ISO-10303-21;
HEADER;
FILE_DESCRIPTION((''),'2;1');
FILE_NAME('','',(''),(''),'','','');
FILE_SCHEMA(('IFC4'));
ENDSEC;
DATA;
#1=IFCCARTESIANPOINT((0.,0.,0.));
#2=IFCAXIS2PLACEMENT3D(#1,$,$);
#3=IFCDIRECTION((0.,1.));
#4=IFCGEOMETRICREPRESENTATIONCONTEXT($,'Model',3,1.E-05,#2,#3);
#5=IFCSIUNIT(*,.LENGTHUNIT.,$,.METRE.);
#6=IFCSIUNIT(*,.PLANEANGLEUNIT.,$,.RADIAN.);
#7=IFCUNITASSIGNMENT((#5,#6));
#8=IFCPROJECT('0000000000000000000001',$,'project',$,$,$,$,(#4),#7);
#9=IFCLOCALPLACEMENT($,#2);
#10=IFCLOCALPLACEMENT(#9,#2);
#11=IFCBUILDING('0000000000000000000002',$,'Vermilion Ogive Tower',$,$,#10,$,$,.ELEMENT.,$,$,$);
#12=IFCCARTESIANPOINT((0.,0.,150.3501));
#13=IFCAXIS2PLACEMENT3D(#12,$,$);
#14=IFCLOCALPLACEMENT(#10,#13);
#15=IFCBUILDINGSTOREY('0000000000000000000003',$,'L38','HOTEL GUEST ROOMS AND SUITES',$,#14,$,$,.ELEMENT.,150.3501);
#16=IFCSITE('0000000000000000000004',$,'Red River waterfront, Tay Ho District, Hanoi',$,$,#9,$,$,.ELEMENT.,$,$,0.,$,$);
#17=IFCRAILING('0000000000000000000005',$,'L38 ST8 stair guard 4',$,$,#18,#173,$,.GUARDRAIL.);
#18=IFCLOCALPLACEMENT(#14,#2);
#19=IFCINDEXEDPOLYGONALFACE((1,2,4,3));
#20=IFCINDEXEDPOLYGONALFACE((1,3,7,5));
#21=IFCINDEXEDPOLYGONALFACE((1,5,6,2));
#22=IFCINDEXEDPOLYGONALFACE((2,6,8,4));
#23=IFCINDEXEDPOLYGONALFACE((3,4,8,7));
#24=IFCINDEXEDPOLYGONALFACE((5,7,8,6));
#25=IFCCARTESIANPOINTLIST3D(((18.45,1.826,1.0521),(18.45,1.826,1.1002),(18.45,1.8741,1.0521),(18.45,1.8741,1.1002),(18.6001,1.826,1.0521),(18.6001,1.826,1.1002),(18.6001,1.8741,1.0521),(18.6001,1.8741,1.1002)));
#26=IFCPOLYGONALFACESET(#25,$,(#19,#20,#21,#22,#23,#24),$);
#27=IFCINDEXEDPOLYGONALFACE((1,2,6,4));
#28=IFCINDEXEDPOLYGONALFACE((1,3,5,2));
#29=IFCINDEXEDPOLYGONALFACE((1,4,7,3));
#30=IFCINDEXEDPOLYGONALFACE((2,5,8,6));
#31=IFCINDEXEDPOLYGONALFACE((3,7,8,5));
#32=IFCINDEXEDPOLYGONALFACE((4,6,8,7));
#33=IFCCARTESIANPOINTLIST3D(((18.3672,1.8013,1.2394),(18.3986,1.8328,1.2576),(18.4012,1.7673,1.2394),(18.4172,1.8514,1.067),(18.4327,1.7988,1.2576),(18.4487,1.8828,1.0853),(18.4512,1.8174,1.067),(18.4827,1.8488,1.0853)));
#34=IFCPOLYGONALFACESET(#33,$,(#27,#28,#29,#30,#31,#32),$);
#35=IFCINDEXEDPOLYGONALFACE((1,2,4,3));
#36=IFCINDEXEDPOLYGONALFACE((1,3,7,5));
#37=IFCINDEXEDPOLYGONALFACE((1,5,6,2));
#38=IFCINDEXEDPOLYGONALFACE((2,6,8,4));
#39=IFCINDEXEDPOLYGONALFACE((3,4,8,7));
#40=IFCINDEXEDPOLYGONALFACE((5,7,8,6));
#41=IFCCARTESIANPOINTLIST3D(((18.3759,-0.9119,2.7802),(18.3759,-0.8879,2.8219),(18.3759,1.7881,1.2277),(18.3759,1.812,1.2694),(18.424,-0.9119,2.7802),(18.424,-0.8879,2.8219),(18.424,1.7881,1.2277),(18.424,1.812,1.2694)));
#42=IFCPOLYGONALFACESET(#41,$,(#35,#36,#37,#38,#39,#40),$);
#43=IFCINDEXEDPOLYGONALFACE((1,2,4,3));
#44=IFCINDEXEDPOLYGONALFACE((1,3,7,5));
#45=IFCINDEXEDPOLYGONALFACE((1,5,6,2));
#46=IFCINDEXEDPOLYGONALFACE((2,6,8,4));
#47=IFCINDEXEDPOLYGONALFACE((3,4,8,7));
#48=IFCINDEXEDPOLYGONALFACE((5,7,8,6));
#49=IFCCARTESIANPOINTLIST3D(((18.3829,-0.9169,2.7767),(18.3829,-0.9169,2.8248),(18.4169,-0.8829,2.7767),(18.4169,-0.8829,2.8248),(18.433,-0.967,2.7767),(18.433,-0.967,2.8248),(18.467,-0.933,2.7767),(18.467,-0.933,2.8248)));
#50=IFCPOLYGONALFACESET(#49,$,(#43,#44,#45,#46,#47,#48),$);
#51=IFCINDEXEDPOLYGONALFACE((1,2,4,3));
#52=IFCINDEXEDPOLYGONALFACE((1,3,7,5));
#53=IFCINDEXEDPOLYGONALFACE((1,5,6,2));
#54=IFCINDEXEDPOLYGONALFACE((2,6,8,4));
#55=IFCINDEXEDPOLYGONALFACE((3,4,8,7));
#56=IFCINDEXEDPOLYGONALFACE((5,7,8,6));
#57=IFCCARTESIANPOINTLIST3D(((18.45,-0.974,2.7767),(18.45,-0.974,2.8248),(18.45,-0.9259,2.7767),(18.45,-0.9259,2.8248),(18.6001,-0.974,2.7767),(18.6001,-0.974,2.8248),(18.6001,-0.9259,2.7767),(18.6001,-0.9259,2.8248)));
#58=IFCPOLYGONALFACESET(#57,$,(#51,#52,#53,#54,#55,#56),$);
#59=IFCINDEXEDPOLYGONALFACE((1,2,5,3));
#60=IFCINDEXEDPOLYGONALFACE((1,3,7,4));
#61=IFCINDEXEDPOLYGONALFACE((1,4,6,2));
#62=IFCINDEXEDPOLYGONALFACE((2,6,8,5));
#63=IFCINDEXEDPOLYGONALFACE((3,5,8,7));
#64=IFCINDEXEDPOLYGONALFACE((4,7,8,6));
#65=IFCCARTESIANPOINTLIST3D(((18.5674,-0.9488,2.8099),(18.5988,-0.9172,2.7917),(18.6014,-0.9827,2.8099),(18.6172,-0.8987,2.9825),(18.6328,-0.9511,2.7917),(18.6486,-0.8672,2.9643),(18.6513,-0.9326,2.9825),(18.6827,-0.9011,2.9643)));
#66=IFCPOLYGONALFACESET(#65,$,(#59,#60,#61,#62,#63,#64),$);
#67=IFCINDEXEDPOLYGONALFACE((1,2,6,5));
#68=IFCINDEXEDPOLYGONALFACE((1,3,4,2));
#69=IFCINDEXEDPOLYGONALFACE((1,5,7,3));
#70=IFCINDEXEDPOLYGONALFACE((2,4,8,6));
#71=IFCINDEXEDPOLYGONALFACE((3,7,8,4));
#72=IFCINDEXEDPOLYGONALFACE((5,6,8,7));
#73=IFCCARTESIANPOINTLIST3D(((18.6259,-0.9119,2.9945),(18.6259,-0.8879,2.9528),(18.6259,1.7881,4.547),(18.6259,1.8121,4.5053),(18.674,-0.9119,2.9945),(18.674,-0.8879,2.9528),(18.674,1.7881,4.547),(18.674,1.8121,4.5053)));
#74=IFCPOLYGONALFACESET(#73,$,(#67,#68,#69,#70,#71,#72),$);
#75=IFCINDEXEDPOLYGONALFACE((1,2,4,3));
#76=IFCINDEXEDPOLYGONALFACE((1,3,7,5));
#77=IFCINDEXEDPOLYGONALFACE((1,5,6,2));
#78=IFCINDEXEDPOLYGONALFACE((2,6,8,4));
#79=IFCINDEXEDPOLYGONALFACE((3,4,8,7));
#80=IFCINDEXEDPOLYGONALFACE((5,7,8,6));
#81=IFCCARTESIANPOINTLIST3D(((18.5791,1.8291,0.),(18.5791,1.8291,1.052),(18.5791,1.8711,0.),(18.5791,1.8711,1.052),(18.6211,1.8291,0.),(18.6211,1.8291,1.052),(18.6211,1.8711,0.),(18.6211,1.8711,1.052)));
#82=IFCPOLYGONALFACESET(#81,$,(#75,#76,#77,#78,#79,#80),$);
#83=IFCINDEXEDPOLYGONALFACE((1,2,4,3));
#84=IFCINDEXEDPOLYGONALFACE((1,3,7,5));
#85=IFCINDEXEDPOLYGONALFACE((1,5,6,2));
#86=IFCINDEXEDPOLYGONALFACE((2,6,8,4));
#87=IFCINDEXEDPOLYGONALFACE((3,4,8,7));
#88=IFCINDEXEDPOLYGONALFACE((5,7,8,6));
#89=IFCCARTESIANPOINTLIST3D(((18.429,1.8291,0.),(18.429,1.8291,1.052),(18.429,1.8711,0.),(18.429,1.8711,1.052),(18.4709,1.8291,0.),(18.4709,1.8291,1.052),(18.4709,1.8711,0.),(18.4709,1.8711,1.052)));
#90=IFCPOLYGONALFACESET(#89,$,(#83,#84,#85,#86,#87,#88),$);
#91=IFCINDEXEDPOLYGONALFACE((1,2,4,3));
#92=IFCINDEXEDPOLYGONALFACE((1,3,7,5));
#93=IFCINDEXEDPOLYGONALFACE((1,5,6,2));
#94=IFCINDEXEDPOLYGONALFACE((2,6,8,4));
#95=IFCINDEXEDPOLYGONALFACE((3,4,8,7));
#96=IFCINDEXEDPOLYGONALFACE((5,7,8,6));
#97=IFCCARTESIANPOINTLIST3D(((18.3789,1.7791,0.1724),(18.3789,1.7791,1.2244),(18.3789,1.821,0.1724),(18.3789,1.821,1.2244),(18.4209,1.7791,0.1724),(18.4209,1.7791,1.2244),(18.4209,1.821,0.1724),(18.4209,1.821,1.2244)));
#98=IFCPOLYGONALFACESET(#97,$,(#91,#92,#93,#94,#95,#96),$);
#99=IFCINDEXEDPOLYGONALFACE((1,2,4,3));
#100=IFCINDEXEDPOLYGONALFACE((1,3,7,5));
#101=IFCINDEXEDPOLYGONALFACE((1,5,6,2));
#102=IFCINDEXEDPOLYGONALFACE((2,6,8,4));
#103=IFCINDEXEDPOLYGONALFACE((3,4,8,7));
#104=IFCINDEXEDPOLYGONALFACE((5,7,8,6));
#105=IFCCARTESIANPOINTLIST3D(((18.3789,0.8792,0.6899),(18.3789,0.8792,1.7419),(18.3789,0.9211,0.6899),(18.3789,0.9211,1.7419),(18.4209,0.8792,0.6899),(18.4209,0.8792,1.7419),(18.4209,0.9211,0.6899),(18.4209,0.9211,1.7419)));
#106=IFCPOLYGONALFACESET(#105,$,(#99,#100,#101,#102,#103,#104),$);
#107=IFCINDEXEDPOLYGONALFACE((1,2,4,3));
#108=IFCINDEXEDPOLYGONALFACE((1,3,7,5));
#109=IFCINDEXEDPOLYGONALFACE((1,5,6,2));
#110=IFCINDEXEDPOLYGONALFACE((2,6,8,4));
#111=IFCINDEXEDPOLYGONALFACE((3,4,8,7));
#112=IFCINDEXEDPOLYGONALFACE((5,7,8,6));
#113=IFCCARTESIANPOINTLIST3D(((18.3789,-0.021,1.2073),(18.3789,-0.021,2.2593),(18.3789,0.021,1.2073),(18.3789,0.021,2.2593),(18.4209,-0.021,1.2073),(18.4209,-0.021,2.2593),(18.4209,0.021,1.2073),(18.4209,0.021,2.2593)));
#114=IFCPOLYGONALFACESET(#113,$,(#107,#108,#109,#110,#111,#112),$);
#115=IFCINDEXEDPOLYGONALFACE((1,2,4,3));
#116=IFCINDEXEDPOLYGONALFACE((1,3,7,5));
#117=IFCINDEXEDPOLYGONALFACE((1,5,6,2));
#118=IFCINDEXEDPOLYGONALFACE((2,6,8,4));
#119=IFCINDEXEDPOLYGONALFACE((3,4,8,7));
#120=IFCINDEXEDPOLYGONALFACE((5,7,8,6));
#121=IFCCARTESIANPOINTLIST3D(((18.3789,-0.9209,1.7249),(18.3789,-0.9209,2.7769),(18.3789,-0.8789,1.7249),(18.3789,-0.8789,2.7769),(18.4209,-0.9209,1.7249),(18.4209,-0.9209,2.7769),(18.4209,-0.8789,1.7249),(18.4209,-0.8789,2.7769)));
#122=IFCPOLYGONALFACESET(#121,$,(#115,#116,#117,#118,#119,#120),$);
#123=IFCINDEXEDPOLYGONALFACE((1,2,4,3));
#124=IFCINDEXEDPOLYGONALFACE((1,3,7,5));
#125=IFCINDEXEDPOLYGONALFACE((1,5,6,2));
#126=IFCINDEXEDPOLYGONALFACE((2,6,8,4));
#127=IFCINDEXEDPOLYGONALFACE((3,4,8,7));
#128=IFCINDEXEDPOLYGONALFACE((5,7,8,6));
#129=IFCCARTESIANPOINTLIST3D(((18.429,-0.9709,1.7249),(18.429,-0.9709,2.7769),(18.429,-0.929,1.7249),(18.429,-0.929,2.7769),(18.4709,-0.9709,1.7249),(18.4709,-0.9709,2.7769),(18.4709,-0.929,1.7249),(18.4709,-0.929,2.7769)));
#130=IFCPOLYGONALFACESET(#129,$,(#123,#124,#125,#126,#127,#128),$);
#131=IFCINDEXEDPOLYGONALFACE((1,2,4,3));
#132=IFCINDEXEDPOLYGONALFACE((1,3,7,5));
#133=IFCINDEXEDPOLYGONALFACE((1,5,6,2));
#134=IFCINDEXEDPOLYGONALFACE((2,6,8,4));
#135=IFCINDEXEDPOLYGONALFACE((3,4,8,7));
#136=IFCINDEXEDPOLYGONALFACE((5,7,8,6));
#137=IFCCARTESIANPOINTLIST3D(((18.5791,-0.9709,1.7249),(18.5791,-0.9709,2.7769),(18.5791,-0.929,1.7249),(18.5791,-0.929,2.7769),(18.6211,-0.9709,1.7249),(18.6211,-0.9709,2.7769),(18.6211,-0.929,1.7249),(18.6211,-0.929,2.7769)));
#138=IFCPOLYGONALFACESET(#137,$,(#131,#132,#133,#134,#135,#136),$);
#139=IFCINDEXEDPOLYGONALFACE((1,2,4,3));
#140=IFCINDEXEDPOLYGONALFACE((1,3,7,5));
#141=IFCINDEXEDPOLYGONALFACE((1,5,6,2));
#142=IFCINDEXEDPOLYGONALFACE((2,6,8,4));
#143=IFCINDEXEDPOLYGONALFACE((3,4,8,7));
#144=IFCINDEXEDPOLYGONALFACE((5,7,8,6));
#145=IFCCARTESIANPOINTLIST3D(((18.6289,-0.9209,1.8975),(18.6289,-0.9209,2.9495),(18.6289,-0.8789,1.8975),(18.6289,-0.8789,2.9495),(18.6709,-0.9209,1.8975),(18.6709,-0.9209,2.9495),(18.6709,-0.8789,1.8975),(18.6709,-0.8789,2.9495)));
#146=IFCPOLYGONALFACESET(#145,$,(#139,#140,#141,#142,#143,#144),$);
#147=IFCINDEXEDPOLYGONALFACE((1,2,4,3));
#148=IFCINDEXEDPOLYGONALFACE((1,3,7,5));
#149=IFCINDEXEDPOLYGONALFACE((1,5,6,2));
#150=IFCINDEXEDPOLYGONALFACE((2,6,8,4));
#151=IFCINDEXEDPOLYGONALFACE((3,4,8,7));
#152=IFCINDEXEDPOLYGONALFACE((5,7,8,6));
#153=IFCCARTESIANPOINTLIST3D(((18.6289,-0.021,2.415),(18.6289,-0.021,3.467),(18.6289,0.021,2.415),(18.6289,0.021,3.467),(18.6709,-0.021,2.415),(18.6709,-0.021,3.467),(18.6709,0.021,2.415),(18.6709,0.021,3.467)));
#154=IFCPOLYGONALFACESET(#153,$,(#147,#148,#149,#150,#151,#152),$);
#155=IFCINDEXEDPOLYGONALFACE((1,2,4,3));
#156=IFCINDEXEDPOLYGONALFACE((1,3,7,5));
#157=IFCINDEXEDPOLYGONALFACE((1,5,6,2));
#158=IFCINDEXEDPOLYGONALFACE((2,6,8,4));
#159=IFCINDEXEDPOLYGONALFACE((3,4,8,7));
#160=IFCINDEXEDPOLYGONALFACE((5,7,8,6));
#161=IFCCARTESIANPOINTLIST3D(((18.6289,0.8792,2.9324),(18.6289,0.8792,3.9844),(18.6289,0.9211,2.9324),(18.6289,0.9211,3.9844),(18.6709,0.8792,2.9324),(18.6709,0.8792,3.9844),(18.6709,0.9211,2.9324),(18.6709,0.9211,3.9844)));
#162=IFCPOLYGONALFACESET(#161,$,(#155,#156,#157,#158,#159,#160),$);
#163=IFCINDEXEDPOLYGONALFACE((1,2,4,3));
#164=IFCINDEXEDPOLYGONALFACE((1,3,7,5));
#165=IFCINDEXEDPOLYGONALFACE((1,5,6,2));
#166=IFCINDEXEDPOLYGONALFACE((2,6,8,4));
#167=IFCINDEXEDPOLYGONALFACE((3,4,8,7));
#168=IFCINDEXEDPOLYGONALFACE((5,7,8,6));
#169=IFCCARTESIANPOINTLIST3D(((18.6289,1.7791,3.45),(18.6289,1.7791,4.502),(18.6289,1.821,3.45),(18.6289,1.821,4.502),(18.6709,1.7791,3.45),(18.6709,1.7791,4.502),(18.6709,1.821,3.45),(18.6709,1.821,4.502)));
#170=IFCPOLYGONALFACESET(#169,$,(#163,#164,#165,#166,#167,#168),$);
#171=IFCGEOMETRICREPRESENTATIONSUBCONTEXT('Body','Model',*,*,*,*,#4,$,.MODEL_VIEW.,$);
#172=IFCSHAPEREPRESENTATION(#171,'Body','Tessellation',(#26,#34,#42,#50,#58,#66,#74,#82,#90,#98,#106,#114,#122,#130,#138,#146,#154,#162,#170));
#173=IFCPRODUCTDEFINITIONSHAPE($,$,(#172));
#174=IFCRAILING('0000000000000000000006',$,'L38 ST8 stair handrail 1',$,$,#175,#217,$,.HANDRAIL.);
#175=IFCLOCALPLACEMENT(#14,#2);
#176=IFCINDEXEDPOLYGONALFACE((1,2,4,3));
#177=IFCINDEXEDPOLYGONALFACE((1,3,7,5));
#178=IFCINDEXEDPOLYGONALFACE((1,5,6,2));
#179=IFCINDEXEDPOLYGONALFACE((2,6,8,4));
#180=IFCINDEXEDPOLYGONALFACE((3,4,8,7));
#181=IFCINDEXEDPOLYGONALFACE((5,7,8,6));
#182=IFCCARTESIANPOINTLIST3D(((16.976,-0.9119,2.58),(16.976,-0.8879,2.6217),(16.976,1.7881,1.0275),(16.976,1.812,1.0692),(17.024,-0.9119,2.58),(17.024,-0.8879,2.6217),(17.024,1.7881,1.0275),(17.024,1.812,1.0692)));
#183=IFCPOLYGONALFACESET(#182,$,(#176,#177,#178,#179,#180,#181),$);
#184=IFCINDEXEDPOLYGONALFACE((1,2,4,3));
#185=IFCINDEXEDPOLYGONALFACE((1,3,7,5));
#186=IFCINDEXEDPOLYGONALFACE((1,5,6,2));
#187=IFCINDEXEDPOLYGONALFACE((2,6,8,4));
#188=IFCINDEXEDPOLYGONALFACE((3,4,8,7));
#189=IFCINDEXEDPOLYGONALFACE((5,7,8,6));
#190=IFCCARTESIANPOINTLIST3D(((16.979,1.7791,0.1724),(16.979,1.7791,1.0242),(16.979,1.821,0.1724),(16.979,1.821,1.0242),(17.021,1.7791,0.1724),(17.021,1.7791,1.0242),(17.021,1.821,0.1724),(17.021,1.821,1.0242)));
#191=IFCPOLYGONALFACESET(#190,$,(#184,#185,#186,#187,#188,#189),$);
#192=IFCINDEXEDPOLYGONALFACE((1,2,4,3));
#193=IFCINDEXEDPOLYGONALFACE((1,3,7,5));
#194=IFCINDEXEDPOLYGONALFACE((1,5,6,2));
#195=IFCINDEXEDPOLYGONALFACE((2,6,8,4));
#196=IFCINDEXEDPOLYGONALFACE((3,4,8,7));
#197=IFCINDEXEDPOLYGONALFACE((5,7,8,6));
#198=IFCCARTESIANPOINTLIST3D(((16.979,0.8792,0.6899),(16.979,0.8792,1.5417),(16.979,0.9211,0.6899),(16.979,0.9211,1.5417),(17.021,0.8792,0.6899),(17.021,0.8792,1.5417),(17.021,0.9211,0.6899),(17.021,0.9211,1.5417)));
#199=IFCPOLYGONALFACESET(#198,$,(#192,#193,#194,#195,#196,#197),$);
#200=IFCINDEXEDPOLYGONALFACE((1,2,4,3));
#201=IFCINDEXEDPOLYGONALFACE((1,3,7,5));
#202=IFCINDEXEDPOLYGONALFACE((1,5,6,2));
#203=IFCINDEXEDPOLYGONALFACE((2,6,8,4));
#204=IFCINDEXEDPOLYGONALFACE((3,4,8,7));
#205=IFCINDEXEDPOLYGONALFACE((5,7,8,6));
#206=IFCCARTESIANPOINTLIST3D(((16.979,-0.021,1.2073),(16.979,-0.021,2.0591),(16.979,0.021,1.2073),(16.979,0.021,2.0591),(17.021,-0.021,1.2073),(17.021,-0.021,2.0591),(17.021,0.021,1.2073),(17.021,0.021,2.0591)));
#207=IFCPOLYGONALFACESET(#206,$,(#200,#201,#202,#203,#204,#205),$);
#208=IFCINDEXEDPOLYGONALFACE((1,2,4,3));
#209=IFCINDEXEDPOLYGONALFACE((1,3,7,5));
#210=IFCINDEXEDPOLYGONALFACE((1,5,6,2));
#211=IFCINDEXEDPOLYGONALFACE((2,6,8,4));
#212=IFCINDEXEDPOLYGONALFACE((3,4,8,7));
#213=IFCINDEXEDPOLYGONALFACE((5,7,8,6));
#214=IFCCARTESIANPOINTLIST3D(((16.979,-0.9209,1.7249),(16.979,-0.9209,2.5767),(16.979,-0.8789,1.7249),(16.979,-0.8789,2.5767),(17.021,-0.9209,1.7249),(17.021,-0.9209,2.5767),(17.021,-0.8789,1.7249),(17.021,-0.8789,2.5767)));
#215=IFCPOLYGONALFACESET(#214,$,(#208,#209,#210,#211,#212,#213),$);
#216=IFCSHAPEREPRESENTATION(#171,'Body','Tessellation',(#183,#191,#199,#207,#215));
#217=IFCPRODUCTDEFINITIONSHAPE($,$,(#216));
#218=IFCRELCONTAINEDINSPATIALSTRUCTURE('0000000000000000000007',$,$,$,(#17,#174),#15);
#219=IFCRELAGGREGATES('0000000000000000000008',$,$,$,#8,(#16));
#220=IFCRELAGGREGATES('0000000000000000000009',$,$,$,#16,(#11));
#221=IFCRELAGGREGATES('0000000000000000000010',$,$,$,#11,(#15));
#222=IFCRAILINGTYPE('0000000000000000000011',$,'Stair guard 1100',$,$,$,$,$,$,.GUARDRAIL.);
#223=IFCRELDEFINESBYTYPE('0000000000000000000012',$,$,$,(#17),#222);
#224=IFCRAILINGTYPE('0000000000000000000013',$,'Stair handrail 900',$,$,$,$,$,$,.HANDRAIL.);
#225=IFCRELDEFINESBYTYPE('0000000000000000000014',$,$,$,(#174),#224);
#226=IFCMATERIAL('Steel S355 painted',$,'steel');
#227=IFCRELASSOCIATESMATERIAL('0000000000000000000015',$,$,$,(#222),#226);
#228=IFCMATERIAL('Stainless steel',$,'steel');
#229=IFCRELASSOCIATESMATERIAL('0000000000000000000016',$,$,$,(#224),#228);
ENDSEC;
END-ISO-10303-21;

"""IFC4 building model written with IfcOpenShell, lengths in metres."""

from ifc_helpers import new_model, si_unit, direction, frame, origin, origin_2d, place, context, subcontext, project, spatial, rectangle, extrude, material, type_object, element, save


model = new_model("IFC4")

# Units and contexts
model_context = context("Model", 3, precision=1e-05, world=origin(), true_north=direction((0.0, 1.0)))
body_context = subcontext(model_context, "Body", "Model", "MODEL_VIEW")
ifc_project = project(units=[si_unit("LENGTHUNIT", "METRE"), si_unit("PLANEANGLEUNIT", "RADIAN")], contexts=[model_context])

# Site, building, storey
site_placement = place(None, origin())
site = spatial("IfcSite", under=ifc_project, at=site_placement, Name="Red River waterfront, Tay Ho District, Hanoi", CompositionType="ELEMENT", RefElevation=0.0)
building_placement = place(site_placement, origin())
building = spatial("IfcBuilding", under=site, at=building_placement, Name="Vermilion Ogive Tower", CompositionType="ELEMENT")
storey_placement = place(building_placement, frame((0.0, 0.0, 150.3501)))
storey = spatial("IfcBuildingStorey", under=building, at=storey_placement, Name="L38", Description="HOTEL GUEST ROOMS AND SUITES", CompositionType="ELEMENT", Elevation=150.3501)

# Railings
ifc_material_1 = material(Name="Steel S355 painted", Category="steel")
railing_type_1 = type_object("IfcRailingType", Name="Stair guard 1100", PredefinedType="GUARDRAIL", material=ifc_material_1)
railing_1_placement = place(storey_placement, frame((18.6001, 1.8501, 0.0)))
element("IfcRailing", 1, at=railing_1_placement, inside=storey, type_object=railing_type_1, Name="L38 ST8 stair guard 4", PredefinedType="GUARDRAIL", context=body_context, shape_type="SweptSolid", body=[
    extrude(rectangle(XDim=0.0481, YDim=0.0481, at=origin_2d()), frame((0.0, 0.0, 1.0762), z_axis=(-1.0, 0.0, 0.0), x_axis=(0.0, -1.0, 0.0)), (0.0, 0.0, 1.0), 0.1501),
    extrude(rectangle(XDim=0.0481, YDim=0.0481, at=origin_2d()), frame((-0.1501, 0.0, 1.0762), z_axis=(-0.268603, -0.268603, 0.925043), x_axis=(0.707107, -0.707107, 0.0)), (0.0, 0.0, 1.0), 0.1863),
    extrude(rectangle(XDim=0.0481, YDim=0.0481, at=origin_2d()), frame((-0.2002, -0.05, 1.2485), z_axis=(0.0, -0.866904, 0.498476), x_axis=(1.0, 0.0, 0.0)), (0.0, 0.0, 1.0), 3.1145),
    extrude(rectangle(XDim=0.0481, YDim=0.0481, at=origin_2d()), frame((-0.2002, -2.75, 2.8008), z_axis=(0.707107, -0.707107, 0.0), x_axis=(0.707107, 0.707107, 0.0)), (0.0, 0.0, 1.0), 0.0708),
    extrude(rectangle(XDim=0.0481, YDim=0.0481, at=origin_2d()), frame((-0.1501, -2.8, 2.8008), z_axis=(1.0, 0.0, 0.0), x_axis=(0.0, 1.0, 0.0)), (0.0, 0.0, 1.0), 0.1501),
    extrude(rectangle(XDim=0.0481, YDim=0.0481, at=origin_2d()), frame((0.0, -2.8, 2.8008), z_axis=(0.267063, 0.268372, 0.925556), x_axis=(-0.708834, 0.705376, 0.0)), (0.0, 0.0, 1.0), 0.1865),
    extrude(rectangle(XDim=0.0481, YDim=0.0481, at=origin_2d()), frame((0.0498, -2.75, 2.9736), z_axis=(0.0, 0.866904, 0.498476), x_axis=(-1.0, 0.0, 0.0)), (0.0, 0.0, 1.0), 3.1145),
    extrude(rectangle(XDim=0.042, YDim=0.042, at=origin_2d()), origin(), (0.0, 0.0, 1.0), 1.052),
    extrude(rectangle(XDim=0.042, YDim=0.042, at=origin_2d()), frame((-0.1501, 0.0, 0.0)), (0.0, 0.0, 1.0), 1.052),
    extrude(rectangle(XDim=0.042, YDim=0.042, at=origin_2d()), frame((-0.2002, -0.05, 0.1724)), (0.0, 0.0, 1.0), 1.052),
    extrude(rectangle(XDim=0.042, YDim=0.042, at=origin_2d()), frame((-0.2002, -0.95, 0.6899)), (0.0, 0.0, 1.0), 1.052),
    extrude(rectangle(XDim=0.042, YDim=0.042, at=origin_2d()), frame((-0.2002, -1.8501, 1.2073)), (0.0, 0.0, 1.0), 1.052),
    extrude(rectangle(XDim=0.042, YDim=0.042, at=origin_2d()), frame((-0.2002, -2.75, 1.7249)), (0.0, 0.0, 1.0), 1.052),
    extrude(rectangle(XDim=0.042, YDim=0.042, at=origin_2d()), frame((-0.1501, -2.8, 1.7249)), (0.0, 0.0, 1.0), 1.052),
    extrude(rectangle(XDim=0.042, YDim=0.042, at=origin_2d()), frame((0.0, -2.8, 1.7249)), (0.0, 0.0, 1.0), 1.052),
    extrude(rectangle(XDim=0.042, YDim=0.042, at=origin_2d()), frame((0.0498, -2.75, 1.8975)), (0.0, 0.0, 1.0), 1.052),
    extrude(rectangle(XDim=0.042, YDim=0.042, at=origin_2d()), frame((0.0498, -1.8501, 2.415)), (0.0, 0.0, 1.0), 1.052),
    extrude(rectangle(XDim=0.042, YDim=0.042, at=origin_2d()), frame((0.0498, -0.95, 2.9324)), (0.0, 0.0, 1.0), 1.052),
    extrude(rectangle(XDim=0.042, YDim=0.042, at=origin_2d()), frame((0.0498, -0.05, 3.45)), (0.0, 0.0, 1.0), 1.052),
])
ifc_material_2 = material(Name="Stainless steel", Category="steel")
railing_type_2 = type_object("IfcRailingType", Name="Stair handrail 900", PredefinedType="HANDRAIL", material=ifc_material_2)
railing_2_placement = place(storey_placement, frame((17.0, 1.8, 0.1724)))
element("IfcRailing", 2, at=railing_2_placement, inside=storey, type_object=railing_type_2, Name="L38 ST8 stair handrail 1", PredefinedType="HANDRAIL", context=body_context, shape_type="SweptSolid", body=[
    extrude(rectangle(XDim=0.0481, YDim=0.0481, at=origin_2d()), frame((0.0, 0.0, 0.876), z_axis=(0.0, -0.866904, 0.498476), x_axis=(1.0, 0.0, 0.0)), (0.0, 0.0, 1.0), 3.1145),
    extrude(rectangle(XDim=0.042, YDim=0.042, at=origin_2d()), origin(), (0.0, 0.0, 1.0), 0.8518),
    extrude(rectangle(XDim=0.042, YDim=0.042, at=origin_2d()), frame((0.0, -0.8999, 0.5176)), (0.0, 0.0, 1.0), 0.8518),
    extrude(rectangle(XDim=0.042, YDim=0.042, at=origin_2d()), frame((0.0, -1.8, 1.0349)), (0.0, 0.0, 1.0), 0.8518),
    extrude(rectangle(XDim=0.042, YDim=0.042, at=origin_2d()), frame((0.0, -2.7, 1.5525)), (0.0, 0.0, 1.0), 0.8518),
])

save(model, "model.ifc")
